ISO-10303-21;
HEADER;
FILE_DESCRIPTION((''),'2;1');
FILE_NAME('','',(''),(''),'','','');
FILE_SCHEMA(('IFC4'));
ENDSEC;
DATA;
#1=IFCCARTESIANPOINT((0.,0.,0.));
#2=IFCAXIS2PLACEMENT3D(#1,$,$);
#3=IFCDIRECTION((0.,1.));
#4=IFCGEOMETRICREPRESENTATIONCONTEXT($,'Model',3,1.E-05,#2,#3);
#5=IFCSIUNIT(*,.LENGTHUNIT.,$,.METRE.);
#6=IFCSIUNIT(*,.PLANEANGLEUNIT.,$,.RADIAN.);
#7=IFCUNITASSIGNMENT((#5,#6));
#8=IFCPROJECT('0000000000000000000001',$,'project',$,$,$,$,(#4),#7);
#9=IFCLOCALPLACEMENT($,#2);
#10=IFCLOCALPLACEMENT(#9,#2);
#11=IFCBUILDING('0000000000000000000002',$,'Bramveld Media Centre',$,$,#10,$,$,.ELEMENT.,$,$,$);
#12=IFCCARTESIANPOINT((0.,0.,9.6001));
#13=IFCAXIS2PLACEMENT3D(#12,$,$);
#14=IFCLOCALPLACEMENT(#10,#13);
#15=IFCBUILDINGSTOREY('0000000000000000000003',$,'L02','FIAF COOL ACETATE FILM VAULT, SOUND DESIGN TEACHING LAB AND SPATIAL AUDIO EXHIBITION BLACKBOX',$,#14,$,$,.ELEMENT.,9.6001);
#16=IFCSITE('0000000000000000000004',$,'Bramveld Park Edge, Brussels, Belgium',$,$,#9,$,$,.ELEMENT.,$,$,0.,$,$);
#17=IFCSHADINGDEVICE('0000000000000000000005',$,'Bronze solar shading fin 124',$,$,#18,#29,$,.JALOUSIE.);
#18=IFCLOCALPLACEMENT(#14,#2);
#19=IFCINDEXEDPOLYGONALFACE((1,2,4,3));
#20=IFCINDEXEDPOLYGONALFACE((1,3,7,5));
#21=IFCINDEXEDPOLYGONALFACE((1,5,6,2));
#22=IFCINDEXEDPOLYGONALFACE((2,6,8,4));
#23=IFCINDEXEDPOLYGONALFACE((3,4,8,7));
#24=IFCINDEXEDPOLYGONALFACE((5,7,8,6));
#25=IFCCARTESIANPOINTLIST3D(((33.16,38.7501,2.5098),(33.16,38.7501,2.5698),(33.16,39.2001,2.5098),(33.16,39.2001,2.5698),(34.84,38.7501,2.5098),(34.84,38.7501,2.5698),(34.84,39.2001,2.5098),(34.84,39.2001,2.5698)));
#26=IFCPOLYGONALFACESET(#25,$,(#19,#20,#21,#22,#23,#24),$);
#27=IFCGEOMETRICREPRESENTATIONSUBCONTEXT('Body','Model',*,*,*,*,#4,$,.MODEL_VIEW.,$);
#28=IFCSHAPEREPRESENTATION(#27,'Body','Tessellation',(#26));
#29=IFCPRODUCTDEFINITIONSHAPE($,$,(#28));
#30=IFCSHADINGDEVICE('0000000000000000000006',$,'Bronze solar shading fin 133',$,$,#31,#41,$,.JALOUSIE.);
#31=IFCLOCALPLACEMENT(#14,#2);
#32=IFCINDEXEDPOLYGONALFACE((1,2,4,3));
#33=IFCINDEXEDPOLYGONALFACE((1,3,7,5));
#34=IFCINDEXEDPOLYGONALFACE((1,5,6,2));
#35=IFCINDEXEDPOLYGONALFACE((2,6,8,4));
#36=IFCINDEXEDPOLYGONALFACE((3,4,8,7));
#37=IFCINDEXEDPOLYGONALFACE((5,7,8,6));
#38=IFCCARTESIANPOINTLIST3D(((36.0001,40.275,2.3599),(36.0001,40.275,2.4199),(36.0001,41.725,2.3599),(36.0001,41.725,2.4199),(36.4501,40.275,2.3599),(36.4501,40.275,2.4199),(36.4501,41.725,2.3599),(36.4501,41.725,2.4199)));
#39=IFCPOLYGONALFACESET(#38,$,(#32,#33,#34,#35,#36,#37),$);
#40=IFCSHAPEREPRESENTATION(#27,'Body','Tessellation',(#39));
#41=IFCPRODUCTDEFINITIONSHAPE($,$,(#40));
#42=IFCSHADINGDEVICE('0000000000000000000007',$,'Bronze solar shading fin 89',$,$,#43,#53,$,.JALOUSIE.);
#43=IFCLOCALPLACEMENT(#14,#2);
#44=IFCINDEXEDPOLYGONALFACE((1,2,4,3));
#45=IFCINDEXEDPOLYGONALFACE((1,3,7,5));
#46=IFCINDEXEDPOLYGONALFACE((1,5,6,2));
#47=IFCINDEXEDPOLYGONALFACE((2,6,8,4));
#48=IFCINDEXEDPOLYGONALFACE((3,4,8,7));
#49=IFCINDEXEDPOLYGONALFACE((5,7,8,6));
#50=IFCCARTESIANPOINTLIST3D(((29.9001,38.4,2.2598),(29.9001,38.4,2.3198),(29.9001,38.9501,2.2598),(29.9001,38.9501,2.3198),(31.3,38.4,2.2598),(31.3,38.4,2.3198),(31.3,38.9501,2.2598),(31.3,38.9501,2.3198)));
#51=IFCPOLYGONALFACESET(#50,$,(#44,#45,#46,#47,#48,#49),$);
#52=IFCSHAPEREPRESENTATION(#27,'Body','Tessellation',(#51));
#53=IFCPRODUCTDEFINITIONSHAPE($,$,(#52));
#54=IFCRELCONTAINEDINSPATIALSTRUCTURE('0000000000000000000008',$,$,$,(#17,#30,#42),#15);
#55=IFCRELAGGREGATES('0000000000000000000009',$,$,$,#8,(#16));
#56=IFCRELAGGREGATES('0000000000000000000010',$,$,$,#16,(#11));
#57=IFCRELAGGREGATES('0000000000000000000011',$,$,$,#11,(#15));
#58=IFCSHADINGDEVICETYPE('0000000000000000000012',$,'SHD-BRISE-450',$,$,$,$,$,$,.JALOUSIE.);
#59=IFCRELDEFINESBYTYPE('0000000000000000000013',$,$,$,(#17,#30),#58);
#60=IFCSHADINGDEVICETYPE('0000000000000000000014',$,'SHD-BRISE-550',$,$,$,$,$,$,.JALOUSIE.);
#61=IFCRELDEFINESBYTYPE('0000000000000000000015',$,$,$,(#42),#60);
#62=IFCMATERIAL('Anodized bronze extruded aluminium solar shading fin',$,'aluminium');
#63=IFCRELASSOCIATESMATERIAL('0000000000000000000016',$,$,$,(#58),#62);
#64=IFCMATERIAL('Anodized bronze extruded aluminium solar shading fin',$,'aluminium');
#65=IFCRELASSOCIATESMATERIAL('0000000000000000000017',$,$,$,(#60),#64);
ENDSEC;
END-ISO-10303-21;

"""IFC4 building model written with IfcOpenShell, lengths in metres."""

from ifc_helpers import new_model, si_unit, direction, frame, origin, origin_2d, place, context, subcontext, project, spatial, rectangle, extrude, material, type_object, element, save


model = new_model("IFC4")

# Units and contexts
model_context = context("Model", 3, precision=1e-05, world=origin(), true_north=direction((0.0, 1.0)))
body_context = subcontext(model_context, "Body", "Model", "MODEL_VIEW")
ifc_project = project(units=[si_unit("LENGTHUNIT", "METRE"), si_unit("PLANEANGLEUNIT", "RADIAN")], contexts=[model_context])

# Site, building, storey
site_placement = place(None, origin())
site = spatial("IfcSite", under=ifc_project, at=site_placement, Name="Bramveld Park Edge, Brussels, Belgium", CompositionType="ELEMENT", RefElevation=0.0)
building_placement = place(site_placement, origin())
building = spatial("IfcBuilding", under=site, at=building_placement, Name="Bramveld Media Centre", CompositionType="ELEMENT")
storey_placement = place(building_placement, frame((0.0, 0.0, 9.6001)))
storey = spatial("IfcBuildingStorey", under=building, at=storey_placement, Name="L02", Description="FIAF COOL ACETATE FILM VAULT, SOUND DESIGN TEACHING LAB AND SPATIAL AUDIO EXHIBITION BLACKBOX", CompositionType="ELEMENT", Elevation=9.6001)

# Shading devices
ifc_material_1 = material(Name="Anodized bronze extruded aluminium solar shading fin", Category="aluminium")
shading_device_type_1 = type_object("IfcShadingDeviceType", Name="SHD-BRISE-450", PredefinedType="JALOUSIE", material=ifc_material_1)
shading_device_1_placement = place(storey_placement, frame((34.0, 38.9751, 2.5098), z_axis=(0.0, 0.0, 1.0), x_axis=(1.0, 0.0, 0.0)))
element("IfcShadingDevice", 1, at=shading_device_1_placement, inside=storey, type_object=shading_device_type_1, Name="Bronze solar shading fin 124", PredefinedType="JALOUSIE", context=body_context, shape_type="SweptSolid", body=[
    extrude(rectangle(XDim=1.6799, YDim=0.45, at=origin_2d()), origin(), (0.0, 0.0, 1.0), 0.0601),
])
shading_device_2_placement = place(storey_placement, frame((36.2251, 41.0, 2.3599), z_axis=(0.0, 0.0, 1.0), x_axis=(1.0, 0.0, 0.0)))
element("IfcShadingDevice", 2, at=shading_device_2_placement, inside=storey, type_object=shading_device_type_1, Name="Bronze solar shading fin 133", PredefinedType="JALOUSIE", context=body_context, shape_type="SweptSolid", body=[
    extrude(rectangle(XDim=0.45, YDim=1.45, at=origin_2d()), origin(), (0.0, 0.0, 1.0), 0.0601),
])
ifc_material_2 = material(Name="Anodized bronze extruded aluminium solar shading fin", Category="aluminium")
shading_device_type_2 = type_object("IfcShadingDeviceType", Name="SHD-BRISE-550", PredefinedType="JALOUSIE", material=ifc_material_2)
shading_device_3_placement = place(storey_placement, frame((30.6001, 38.675, 2.2598), z_axis=(0.0, 0.0, 1.0), x_axis=(1.0, 0.0, 0.0)))
element("IfcShadingDevice", 3, at=shading_device_3_placement, inside=storey, type_object=shading_device_type_2, Name="Bronze solar shading fin 89", PredefinedType="JALOUSIE", context=body_context, shape_type="SweptSolid", body=[
    extrude(rectangle(XDim=1.3999, YDim=0.55, at=origin_2d()), origin(), (0.0, 0.0, 1.0), 0.0601),
])

save(model, "model.ifc")
